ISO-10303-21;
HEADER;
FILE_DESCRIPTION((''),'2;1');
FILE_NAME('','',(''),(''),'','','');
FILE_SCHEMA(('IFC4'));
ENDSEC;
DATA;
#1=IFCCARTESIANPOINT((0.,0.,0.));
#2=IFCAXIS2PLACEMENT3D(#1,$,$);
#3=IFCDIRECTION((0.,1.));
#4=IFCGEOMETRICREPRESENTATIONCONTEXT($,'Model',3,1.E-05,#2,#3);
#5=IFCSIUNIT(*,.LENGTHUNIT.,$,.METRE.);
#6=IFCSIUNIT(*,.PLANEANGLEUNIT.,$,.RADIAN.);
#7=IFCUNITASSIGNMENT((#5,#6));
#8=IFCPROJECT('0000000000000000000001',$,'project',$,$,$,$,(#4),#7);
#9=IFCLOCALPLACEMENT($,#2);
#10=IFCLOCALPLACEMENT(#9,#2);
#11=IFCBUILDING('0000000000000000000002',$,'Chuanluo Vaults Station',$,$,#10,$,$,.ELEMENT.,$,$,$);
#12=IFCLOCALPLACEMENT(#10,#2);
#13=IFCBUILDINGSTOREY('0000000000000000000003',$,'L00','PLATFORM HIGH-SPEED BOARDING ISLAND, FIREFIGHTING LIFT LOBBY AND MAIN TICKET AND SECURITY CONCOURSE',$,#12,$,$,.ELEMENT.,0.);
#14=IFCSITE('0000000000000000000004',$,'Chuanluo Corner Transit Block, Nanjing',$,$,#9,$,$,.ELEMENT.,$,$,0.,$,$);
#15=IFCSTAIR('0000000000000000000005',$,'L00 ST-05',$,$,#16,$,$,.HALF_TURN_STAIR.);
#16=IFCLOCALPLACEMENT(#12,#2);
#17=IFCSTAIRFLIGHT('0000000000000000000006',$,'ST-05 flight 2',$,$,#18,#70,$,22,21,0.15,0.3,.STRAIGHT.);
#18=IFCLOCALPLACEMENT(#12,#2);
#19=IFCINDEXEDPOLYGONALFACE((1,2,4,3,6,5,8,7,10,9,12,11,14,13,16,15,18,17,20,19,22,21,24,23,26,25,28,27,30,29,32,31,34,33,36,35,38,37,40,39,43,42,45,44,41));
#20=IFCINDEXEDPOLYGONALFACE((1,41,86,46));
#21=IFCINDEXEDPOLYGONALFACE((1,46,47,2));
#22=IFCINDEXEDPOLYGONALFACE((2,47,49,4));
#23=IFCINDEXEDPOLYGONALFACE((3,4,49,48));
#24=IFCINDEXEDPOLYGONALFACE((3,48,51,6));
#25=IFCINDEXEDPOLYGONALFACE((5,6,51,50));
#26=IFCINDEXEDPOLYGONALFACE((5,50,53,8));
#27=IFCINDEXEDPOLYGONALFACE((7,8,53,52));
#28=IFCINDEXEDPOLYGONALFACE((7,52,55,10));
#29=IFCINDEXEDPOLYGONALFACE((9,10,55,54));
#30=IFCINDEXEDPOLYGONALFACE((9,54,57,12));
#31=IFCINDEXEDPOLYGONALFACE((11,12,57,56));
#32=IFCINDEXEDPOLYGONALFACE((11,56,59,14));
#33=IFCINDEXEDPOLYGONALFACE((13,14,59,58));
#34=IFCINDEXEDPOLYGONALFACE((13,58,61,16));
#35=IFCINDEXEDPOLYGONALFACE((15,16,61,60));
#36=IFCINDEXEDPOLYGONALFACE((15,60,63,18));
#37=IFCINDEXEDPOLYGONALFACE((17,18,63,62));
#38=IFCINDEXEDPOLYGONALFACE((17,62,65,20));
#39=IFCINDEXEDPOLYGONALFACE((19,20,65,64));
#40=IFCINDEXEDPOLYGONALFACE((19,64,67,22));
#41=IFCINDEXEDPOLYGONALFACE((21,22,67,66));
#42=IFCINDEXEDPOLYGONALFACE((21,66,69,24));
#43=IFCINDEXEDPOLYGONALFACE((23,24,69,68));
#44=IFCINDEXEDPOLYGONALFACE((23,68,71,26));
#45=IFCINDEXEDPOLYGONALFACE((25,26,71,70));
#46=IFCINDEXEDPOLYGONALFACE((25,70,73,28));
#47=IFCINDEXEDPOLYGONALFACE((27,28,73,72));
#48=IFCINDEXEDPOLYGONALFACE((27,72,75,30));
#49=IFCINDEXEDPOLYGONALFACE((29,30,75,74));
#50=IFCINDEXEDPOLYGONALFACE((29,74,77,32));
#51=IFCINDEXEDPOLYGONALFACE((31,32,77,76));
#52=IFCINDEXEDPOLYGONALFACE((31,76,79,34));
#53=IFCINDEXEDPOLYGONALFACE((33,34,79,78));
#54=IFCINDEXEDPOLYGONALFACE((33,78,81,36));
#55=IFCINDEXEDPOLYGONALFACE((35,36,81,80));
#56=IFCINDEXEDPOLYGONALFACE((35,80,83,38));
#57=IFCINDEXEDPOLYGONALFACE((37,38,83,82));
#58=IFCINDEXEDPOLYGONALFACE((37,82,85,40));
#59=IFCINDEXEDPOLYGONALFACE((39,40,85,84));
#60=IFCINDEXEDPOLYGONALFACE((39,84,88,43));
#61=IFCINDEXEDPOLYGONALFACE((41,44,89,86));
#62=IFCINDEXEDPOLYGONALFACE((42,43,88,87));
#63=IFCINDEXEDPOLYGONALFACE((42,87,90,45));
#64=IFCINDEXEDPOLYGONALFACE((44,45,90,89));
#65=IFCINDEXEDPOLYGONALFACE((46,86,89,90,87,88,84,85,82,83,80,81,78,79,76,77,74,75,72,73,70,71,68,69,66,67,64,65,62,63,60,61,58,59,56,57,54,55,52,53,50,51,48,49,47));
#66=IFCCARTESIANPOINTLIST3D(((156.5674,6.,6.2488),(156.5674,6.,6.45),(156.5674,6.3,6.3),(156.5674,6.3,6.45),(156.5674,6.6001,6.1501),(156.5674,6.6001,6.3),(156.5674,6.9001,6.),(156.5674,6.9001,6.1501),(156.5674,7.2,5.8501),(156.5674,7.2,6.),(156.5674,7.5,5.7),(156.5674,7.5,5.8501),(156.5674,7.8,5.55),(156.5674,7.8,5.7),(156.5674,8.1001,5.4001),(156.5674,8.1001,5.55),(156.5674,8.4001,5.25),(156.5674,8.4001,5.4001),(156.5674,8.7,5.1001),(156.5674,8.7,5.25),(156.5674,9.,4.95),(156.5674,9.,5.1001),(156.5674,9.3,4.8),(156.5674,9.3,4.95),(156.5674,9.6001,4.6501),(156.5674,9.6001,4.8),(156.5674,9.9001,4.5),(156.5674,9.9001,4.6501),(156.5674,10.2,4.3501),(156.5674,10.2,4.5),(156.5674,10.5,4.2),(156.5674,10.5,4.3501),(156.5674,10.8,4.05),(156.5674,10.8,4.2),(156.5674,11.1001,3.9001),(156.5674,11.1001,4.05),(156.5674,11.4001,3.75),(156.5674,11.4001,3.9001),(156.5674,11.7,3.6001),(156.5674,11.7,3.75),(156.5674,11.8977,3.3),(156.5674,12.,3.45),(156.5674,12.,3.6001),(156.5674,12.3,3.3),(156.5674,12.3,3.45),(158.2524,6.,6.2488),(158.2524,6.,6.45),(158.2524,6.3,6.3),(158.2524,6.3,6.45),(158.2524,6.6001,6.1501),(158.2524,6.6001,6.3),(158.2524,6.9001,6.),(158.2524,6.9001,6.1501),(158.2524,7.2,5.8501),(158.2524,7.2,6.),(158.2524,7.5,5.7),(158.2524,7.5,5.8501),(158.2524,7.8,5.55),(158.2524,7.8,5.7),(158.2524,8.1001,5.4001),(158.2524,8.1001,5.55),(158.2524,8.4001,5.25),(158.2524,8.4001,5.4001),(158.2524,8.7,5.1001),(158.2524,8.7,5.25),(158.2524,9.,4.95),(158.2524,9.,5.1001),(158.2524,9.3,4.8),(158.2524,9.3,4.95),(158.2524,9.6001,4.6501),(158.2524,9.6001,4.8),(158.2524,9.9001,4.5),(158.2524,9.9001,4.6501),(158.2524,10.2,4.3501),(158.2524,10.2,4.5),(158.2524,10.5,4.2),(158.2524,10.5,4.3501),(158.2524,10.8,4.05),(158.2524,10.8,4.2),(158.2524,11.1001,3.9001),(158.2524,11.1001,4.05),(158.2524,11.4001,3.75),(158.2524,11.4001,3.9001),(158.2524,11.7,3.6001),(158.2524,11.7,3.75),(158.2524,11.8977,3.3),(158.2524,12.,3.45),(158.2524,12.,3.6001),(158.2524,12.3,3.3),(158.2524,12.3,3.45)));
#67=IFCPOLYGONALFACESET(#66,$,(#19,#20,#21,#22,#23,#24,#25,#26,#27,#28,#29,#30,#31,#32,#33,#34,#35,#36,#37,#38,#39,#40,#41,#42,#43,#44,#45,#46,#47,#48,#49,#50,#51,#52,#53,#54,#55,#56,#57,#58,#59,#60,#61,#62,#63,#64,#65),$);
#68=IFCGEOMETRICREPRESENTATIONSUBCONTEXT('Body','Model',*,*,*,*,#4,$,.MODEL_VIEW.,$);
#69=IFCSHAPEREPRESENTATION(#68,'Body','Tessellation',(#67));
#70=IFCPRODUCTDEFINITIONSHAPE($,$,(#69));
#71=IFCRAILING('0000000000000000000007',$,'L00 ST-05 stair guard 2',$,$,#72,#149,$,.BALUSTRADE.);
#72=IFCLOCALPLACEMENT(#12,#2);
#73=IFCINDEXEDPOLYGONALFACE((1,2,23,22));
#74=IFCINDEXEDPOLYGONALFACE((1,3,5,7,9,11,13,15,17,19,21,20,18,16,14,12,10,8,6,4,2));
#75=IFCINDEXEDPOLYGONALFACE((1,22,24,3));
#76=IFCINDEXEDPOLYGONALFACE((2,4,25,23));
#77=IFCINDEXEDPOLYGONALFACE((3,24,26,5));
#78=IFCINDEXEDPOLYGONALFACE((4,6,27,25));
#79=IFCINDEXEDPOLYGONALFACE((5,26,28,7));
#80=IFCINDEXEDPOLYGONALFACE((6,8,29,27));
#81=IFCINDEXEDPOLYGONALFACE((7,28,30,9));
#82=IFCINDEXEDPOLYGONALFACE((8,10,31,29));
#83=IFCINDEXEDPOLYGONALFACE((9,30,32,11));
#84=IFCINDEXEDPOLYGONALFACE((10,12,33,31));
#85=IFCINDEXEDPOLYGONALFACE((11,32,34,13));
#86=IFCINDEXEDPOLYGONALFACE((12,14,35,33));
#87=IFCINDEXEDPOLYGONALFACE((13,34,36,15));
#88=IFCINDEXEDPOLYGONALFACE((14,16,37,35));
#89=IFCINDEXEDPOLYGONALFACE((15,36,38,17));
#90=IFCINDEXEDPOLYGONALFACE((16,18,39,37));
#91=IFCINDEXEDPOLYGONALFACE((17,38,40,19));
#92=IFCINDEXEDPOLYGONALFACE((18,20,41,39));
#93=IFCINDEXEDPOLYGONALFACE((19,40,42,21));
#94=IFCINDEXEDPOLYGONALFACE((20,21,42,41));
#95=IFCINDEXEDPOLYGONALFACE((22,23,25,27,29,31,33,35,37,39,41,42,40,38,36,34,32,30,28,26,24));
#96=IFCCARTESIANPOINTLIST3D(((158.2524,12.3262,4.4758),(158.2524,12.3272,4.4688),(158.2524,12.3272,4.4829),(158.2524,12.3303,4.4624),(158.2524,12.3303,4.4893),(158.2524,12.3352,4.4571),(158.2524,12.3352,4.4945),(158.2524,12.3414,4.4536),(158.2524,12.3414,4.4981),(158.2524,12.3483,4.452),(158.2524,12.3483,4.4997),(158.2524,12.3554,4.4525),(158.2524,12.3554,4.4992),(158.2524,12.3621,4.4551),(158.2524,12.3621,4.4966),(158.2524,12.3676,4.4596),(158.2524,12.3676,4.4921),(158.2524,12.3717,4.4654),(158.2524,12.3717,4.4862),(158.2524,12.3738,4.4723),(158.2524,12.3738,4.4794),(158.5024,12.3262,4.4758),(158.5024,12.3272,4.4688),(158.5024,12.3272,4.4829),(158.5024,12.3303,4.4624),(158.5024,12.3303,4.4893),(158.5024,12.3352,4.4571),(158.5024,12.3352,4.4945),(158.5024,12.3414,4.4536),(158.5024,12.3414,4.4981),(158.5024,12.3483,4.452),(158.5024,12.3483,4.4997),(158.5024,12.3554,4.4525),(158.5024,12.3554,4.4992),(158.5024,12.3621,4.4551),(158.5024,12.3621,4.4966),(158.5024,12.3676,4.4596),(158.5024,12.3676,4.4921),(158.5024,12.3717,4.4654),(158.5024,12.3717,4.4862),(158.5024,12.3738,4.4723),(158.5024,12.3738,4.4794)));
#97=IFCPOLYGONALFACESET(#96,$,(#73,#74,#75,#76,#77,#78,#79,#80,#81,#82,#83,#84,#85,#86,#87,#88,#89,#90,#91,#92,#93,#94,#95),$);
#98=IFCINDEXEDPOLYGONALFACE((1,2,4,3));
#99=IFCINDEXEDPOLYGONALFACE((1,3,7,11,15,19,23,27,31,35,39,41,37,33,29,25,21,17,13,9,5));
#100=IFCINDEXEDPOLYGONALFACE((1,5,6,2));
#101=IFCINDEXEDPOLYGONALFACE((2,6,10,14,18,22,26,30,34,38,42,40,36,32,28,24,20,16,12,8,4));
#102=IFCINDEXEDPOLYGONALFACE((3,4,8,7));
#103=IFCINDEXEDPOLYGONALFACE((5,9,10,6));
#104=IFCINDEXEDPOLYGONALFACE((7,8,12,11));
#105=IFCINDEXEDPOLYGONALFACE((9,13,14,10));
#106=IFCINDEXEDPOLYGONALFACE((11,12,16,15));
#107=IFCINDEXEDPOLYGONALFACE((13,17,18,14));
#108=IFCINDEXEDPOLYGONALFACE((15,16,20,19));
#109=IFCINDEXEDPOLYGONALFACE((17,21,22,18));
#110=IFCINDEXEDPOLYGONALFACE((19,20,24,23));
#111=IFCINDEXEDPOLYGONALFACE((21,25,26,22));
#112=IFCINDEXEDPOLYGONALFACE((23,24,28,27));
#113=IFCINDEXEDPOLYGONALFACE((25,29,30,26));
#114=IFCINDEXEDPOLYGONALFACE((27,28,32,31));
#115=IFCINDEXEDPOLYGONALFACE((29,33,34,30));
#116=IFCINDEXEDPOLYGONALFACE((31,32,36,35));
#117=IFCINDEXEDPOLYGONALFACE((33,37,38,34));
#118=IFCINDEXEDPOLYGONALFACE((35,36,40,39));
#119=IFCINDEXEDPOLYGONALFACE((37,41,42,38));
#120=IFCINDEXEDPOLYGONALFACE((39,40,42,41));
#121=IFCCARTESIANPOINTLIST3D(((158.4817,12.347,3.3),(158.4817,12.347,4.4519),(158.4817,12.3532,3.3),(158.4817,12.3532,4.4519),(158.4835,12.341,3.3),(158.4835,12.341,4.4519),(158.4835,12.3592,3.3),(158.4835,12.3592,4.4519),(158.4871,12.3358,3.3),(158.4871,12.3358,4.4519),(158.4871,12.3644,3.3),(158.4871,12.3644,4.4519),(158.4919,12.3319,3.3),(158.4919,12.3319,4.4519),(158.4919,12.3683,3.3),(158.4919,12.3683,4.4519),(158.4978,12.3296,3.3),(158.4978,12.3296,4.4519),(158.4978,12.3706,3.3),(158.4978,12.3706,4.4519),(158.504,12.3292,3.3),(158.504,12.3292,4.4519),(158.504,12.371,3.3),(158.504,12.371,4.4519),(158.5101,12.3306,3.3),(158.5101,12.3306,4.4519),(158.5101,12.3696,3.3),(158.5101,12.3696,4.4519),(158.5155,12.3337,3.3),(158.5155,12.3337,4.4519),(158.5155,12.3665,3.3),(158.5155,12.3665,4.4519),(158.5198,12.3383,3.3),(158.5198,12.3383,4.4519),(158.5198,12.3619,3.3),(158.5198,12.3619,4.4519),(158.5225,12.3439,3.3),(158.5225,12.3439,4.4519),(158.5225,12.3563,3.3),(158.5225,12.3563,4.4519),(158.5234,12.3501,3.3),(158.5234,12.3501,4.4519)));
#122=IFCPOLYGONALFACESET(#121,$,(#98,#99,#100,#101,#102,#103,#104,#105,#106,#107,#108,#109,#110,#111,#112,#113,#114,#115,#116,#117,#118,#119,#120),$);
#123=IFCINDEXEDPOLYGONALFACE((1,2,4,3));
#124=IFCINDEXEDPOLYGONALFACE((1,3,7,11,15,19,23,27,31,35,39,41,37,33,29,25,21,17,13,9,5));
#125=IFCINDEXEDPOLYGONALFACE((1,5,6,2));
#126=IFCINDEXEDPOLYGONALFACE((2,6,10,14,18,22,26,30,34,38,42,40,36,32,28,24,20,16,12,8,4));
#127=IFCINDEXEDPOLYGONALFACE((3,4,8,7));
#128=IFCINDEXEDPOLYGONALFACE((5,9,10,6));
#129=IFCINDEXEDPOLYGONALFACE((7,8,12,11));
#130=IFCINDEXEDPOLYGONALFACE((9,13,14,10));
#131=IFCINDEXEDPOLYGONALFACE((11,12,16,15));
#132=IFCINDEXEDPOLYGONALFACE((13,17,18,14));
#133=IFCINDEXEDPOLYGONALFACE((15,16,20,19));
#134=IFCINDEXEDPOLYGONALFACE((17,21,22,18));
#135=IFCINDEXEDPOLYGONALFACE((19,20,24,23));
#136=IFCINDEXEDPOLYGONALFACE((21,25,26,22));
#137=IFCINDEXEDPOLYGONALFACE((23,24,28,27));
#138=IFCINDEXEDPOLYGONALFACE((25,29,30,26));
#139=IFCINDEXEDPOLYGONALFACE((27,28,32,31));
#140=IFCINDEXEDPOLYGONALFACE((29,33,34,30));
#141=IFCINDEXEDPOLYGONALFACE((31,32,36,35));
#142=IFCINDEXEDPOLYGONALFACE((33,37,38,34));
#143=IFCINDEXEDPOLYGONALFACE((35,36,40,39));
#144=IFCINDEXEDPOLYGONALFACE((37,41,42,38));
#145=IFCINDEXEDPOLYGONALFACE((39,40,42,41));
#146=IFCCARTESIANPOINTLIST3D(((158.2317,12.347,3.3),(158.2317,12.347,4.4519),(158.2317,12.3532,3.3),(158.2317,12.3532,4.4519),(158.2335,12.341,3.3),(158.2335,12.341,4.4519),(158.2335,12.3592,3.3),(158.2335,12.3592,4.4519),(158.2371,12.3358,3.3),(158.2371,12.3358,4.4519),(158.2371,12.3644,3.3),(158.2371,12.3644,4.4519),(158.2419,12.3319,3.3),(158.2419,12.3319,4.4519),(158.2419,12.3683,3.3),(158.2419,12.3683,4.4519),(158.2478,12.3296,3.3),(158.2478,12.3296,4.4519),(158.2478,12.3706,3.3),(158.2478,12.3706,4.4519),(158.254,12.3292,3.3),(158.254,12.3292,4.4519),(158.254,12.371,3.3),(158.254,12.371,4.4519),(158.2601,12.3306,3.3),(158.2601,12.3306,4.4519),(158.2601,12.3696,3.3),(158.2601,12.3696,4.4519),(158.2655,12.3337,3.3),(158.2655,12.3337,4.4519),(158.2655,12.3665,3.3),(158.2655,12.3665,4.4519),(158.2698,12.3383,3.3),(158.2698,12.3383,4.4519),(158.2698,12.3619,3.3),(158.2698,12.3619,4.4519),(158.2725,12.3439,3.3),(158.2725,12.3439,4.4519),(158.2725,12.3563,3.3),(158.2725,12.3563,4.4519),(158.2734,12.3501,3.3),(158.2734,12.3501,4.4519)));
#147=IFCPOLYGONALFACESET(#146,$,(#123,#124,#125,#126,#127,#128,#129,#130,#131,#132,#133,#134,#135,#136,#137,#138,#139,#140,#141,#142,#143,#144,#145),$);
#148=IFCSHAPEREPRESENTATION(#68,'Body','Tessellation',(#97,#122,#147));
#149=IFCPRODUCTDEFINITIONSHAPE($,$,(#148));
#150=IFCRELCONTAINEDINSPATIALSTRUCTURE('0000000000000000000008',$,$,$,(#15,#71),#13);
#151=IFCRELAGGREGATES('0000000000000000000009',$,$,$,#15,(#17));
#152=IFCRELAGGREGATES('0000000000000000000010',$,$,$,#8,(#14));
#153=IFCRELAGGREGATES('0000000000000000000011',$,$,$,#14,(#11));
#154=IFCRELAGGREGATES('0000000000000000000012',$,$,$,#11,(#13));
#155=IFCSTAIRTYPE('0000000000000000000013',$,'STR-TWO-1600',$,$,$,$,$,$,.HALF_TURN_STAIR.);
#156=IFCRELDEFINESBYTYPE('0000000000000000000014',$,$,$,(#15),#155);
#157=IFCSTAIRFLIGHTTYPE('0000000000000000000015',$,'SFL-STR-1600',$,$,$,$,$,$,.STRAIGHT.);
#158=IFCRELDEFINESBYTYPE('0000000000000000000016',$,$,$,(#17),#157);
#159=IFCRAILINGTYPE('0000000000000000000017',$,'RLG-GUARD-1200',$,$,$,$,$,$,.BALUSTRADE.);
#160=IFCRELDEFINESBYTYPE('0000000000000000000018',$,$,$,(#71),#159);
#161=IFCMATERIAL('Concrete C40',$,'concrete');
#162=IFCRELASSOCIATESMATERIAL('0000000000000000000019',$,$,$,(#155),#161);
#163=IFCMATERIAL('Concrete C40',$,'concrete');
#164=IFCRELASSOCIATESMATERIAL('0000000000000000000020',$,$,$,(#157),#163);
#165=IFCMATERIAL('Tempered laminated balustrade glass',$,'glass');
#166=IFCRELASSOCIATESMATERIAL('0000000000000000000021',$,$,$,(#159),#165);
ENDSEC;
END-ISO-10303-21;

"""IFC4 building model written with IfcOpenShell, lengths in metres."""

from ifc_helpers import new_model, si_unit, direction, frame, origin, origin_2d, place, context, subcontext, project, spatial, polyline, circle, outline, extrude, material, type_object, element, aggregate, save


model = new_model("IFC4")

# Units and contexts
model_context = context("Model", 3, precision=1e-05, world=origin(), true_north=direction((0.0, 1.0)))
body_context = subcontext(model_context, "Body", "Model", "MODEL_VIEW")
ifc_project = project(units=[si_unit("LENGTHUNIT", "METRE"), si_unit("PLANEANGLEUNIT", "RADIAN")], contexts=[model_context])

# Site, building, storey
site_placement = place(None, origin())
site = spatial("IfcSite", under=ifc_project, at=site_placement, Name="Chuanluo Corner Transit Block, Nanjing", CompositionType="ELEMENT", RefElevation=0.0)
building_placement = place(site_placement, origin())
building = spatial("IfcBuilding", under=site, at=building_placement, Name="Chuanluo Vaults Station", CompositionType="ELEMENT")
storey_placement = place(building_placement, origin())
storey = spatial("IfcBuildingStorey", under=building, at=storey_placement, Name="L00", Description="PLATFORM HIGH-SPEED BOARDING ISLAND, FIREFIGHTING LIFT LOBBY AND MAIN TICKET AND SECURITY CONCOURSE", CompositionType="ELEMENT", Elevation=0.0)

# Stair, stair flight
ifc_material_1 = material(Name="Concrete C40", Category="concrete")
stair_type = type_object("IfcStairType", Name="STR-TWO-1600", PredefinedType="HALF_TURN_STAIR", material=ifc_material_1)
stair_placement = place(storey_placement, origin())
stair = element("IfcStair", 1, at=stair_placement, inside=storey, type_object=stair_type, Name="L00 ST-05", PredefinedType="HALF_TURN_STAIR")
ifc_material_2 = material(Name="Concrete C40", Category="concrete")
stair_flight_type = type_object("IfcStairFlightType", Name="SFL-STR-1600", PredefinedType="STRAIGHT", material=ifc_material_2)
stair_flight_placement = place(storey_placement, frame((157.4099, 12.3, 3.3), z_axis=(0.0, 0.0, 1.0), x_axis=(0.0, -1.0, 0.0)))
stair_flight = element("IfcStairFlight", 2, at=stair_flight_placement, type_object=stair_flight_type, Name="ST-05 flight 2", NumberOfRisers=22, NumberOfTreads=21, PredefinedType="STRAIGHT", RiserHeight=0.15, TreadLength=0.3, context=body_context, shape_type="SweptSolid", body=[
    extrude(outline(polyline([(0.0, 0.0), (0.0, 0.1499), (0.3, 0.1499), (0.3, 0.3), (0.6001, 0.3), (0.6001, 0.45), (0.8999, 0.45), (0.8999, 0.6001), (1.2, 0.6001), (1.2, 0.75), (1.5, 0.75), (1.5, 0.8999), (1.8, 0.8999), (1.8, 1.05), (2.1001, 1.05), (2.1001, 1.2), (2.3999, 1.2), (2.3999, 1.3501), (2.7, 1.3501), (2.7, 1.5), (3.0, 1.5), (3.0, 1.6499), (3.3, 1.6499), (3.3, 1.8), (3.6001, 1.8), (3.6001, 1.95), (3.8999, 1.95), (3.8999, 2.1001), (4.2, 2.1001), (4.2, 2.25), (4.5, 2.25), (4.5, 2.3999), (4.8, 2.3999), (4.8, 2.55), (5.1001, 2.55), (5.1001, 2.7), (5.3999, 2.7), (5.3999, 2.8501), (5.7, 2.8501), (5.7, 3.0), (6.0, 3.0), (6.0, 3.1499), (6.3, 3.1499), (6.3, 3.3), (6.3, 2.9487), (0.4023, 0.0), (0.0, 0.0)])), frame((0.0, 0.8425, 0.0), z_axis=(0.0, -1.0, 0.0), x_axis=(1.0, 0.0, 0.0)), (0.0, 0.0, 1.0), 1.6851),
])
aggregate(stair, [stair_flight])

# Railing
ifc_material_3 = material(Name="Tempered laminated balustrade glass", Category="glass")
railing_type_1 = type_object("IfcRailingType", Name="RLG-GUARD-1200", PredefinedType="BALUSTRADE", material=ifc_material_3)
railing_1_placement = place(storey_placement, frame((158.5024, 12.3501, 3.3)))
element("IfcRailing", 3, at=railing_1_placement, inside=storey, type_object=railing_type_1, Name="L00 ST-05 stair guard 2", PredefinedType="BALUSTRADE", context=body_context, shape_type="SweptSolid", body=[
    extrude(circle(Radius=0.0239, at=origin_2d()), frame((0.0, 0.0, 1.1758), z_axis=(-1.0, 0.0, 0.0), x_axis=(0.0, -1.0, 0.0)), (0.0, 0.0, 1.0), 0.25),
    extrude(circle(Radius=0.021, at=origin_2d()), origin(), (0.0, 0.0, 1.0), 1.1519),
    extrude(circle(Radius=0.021, at=origin_2d()), frame((-0.25, 0.0, 0.0)), (0.0, 0.0, 1.0), 1.1519),
])

save(model, "model.ifc")
